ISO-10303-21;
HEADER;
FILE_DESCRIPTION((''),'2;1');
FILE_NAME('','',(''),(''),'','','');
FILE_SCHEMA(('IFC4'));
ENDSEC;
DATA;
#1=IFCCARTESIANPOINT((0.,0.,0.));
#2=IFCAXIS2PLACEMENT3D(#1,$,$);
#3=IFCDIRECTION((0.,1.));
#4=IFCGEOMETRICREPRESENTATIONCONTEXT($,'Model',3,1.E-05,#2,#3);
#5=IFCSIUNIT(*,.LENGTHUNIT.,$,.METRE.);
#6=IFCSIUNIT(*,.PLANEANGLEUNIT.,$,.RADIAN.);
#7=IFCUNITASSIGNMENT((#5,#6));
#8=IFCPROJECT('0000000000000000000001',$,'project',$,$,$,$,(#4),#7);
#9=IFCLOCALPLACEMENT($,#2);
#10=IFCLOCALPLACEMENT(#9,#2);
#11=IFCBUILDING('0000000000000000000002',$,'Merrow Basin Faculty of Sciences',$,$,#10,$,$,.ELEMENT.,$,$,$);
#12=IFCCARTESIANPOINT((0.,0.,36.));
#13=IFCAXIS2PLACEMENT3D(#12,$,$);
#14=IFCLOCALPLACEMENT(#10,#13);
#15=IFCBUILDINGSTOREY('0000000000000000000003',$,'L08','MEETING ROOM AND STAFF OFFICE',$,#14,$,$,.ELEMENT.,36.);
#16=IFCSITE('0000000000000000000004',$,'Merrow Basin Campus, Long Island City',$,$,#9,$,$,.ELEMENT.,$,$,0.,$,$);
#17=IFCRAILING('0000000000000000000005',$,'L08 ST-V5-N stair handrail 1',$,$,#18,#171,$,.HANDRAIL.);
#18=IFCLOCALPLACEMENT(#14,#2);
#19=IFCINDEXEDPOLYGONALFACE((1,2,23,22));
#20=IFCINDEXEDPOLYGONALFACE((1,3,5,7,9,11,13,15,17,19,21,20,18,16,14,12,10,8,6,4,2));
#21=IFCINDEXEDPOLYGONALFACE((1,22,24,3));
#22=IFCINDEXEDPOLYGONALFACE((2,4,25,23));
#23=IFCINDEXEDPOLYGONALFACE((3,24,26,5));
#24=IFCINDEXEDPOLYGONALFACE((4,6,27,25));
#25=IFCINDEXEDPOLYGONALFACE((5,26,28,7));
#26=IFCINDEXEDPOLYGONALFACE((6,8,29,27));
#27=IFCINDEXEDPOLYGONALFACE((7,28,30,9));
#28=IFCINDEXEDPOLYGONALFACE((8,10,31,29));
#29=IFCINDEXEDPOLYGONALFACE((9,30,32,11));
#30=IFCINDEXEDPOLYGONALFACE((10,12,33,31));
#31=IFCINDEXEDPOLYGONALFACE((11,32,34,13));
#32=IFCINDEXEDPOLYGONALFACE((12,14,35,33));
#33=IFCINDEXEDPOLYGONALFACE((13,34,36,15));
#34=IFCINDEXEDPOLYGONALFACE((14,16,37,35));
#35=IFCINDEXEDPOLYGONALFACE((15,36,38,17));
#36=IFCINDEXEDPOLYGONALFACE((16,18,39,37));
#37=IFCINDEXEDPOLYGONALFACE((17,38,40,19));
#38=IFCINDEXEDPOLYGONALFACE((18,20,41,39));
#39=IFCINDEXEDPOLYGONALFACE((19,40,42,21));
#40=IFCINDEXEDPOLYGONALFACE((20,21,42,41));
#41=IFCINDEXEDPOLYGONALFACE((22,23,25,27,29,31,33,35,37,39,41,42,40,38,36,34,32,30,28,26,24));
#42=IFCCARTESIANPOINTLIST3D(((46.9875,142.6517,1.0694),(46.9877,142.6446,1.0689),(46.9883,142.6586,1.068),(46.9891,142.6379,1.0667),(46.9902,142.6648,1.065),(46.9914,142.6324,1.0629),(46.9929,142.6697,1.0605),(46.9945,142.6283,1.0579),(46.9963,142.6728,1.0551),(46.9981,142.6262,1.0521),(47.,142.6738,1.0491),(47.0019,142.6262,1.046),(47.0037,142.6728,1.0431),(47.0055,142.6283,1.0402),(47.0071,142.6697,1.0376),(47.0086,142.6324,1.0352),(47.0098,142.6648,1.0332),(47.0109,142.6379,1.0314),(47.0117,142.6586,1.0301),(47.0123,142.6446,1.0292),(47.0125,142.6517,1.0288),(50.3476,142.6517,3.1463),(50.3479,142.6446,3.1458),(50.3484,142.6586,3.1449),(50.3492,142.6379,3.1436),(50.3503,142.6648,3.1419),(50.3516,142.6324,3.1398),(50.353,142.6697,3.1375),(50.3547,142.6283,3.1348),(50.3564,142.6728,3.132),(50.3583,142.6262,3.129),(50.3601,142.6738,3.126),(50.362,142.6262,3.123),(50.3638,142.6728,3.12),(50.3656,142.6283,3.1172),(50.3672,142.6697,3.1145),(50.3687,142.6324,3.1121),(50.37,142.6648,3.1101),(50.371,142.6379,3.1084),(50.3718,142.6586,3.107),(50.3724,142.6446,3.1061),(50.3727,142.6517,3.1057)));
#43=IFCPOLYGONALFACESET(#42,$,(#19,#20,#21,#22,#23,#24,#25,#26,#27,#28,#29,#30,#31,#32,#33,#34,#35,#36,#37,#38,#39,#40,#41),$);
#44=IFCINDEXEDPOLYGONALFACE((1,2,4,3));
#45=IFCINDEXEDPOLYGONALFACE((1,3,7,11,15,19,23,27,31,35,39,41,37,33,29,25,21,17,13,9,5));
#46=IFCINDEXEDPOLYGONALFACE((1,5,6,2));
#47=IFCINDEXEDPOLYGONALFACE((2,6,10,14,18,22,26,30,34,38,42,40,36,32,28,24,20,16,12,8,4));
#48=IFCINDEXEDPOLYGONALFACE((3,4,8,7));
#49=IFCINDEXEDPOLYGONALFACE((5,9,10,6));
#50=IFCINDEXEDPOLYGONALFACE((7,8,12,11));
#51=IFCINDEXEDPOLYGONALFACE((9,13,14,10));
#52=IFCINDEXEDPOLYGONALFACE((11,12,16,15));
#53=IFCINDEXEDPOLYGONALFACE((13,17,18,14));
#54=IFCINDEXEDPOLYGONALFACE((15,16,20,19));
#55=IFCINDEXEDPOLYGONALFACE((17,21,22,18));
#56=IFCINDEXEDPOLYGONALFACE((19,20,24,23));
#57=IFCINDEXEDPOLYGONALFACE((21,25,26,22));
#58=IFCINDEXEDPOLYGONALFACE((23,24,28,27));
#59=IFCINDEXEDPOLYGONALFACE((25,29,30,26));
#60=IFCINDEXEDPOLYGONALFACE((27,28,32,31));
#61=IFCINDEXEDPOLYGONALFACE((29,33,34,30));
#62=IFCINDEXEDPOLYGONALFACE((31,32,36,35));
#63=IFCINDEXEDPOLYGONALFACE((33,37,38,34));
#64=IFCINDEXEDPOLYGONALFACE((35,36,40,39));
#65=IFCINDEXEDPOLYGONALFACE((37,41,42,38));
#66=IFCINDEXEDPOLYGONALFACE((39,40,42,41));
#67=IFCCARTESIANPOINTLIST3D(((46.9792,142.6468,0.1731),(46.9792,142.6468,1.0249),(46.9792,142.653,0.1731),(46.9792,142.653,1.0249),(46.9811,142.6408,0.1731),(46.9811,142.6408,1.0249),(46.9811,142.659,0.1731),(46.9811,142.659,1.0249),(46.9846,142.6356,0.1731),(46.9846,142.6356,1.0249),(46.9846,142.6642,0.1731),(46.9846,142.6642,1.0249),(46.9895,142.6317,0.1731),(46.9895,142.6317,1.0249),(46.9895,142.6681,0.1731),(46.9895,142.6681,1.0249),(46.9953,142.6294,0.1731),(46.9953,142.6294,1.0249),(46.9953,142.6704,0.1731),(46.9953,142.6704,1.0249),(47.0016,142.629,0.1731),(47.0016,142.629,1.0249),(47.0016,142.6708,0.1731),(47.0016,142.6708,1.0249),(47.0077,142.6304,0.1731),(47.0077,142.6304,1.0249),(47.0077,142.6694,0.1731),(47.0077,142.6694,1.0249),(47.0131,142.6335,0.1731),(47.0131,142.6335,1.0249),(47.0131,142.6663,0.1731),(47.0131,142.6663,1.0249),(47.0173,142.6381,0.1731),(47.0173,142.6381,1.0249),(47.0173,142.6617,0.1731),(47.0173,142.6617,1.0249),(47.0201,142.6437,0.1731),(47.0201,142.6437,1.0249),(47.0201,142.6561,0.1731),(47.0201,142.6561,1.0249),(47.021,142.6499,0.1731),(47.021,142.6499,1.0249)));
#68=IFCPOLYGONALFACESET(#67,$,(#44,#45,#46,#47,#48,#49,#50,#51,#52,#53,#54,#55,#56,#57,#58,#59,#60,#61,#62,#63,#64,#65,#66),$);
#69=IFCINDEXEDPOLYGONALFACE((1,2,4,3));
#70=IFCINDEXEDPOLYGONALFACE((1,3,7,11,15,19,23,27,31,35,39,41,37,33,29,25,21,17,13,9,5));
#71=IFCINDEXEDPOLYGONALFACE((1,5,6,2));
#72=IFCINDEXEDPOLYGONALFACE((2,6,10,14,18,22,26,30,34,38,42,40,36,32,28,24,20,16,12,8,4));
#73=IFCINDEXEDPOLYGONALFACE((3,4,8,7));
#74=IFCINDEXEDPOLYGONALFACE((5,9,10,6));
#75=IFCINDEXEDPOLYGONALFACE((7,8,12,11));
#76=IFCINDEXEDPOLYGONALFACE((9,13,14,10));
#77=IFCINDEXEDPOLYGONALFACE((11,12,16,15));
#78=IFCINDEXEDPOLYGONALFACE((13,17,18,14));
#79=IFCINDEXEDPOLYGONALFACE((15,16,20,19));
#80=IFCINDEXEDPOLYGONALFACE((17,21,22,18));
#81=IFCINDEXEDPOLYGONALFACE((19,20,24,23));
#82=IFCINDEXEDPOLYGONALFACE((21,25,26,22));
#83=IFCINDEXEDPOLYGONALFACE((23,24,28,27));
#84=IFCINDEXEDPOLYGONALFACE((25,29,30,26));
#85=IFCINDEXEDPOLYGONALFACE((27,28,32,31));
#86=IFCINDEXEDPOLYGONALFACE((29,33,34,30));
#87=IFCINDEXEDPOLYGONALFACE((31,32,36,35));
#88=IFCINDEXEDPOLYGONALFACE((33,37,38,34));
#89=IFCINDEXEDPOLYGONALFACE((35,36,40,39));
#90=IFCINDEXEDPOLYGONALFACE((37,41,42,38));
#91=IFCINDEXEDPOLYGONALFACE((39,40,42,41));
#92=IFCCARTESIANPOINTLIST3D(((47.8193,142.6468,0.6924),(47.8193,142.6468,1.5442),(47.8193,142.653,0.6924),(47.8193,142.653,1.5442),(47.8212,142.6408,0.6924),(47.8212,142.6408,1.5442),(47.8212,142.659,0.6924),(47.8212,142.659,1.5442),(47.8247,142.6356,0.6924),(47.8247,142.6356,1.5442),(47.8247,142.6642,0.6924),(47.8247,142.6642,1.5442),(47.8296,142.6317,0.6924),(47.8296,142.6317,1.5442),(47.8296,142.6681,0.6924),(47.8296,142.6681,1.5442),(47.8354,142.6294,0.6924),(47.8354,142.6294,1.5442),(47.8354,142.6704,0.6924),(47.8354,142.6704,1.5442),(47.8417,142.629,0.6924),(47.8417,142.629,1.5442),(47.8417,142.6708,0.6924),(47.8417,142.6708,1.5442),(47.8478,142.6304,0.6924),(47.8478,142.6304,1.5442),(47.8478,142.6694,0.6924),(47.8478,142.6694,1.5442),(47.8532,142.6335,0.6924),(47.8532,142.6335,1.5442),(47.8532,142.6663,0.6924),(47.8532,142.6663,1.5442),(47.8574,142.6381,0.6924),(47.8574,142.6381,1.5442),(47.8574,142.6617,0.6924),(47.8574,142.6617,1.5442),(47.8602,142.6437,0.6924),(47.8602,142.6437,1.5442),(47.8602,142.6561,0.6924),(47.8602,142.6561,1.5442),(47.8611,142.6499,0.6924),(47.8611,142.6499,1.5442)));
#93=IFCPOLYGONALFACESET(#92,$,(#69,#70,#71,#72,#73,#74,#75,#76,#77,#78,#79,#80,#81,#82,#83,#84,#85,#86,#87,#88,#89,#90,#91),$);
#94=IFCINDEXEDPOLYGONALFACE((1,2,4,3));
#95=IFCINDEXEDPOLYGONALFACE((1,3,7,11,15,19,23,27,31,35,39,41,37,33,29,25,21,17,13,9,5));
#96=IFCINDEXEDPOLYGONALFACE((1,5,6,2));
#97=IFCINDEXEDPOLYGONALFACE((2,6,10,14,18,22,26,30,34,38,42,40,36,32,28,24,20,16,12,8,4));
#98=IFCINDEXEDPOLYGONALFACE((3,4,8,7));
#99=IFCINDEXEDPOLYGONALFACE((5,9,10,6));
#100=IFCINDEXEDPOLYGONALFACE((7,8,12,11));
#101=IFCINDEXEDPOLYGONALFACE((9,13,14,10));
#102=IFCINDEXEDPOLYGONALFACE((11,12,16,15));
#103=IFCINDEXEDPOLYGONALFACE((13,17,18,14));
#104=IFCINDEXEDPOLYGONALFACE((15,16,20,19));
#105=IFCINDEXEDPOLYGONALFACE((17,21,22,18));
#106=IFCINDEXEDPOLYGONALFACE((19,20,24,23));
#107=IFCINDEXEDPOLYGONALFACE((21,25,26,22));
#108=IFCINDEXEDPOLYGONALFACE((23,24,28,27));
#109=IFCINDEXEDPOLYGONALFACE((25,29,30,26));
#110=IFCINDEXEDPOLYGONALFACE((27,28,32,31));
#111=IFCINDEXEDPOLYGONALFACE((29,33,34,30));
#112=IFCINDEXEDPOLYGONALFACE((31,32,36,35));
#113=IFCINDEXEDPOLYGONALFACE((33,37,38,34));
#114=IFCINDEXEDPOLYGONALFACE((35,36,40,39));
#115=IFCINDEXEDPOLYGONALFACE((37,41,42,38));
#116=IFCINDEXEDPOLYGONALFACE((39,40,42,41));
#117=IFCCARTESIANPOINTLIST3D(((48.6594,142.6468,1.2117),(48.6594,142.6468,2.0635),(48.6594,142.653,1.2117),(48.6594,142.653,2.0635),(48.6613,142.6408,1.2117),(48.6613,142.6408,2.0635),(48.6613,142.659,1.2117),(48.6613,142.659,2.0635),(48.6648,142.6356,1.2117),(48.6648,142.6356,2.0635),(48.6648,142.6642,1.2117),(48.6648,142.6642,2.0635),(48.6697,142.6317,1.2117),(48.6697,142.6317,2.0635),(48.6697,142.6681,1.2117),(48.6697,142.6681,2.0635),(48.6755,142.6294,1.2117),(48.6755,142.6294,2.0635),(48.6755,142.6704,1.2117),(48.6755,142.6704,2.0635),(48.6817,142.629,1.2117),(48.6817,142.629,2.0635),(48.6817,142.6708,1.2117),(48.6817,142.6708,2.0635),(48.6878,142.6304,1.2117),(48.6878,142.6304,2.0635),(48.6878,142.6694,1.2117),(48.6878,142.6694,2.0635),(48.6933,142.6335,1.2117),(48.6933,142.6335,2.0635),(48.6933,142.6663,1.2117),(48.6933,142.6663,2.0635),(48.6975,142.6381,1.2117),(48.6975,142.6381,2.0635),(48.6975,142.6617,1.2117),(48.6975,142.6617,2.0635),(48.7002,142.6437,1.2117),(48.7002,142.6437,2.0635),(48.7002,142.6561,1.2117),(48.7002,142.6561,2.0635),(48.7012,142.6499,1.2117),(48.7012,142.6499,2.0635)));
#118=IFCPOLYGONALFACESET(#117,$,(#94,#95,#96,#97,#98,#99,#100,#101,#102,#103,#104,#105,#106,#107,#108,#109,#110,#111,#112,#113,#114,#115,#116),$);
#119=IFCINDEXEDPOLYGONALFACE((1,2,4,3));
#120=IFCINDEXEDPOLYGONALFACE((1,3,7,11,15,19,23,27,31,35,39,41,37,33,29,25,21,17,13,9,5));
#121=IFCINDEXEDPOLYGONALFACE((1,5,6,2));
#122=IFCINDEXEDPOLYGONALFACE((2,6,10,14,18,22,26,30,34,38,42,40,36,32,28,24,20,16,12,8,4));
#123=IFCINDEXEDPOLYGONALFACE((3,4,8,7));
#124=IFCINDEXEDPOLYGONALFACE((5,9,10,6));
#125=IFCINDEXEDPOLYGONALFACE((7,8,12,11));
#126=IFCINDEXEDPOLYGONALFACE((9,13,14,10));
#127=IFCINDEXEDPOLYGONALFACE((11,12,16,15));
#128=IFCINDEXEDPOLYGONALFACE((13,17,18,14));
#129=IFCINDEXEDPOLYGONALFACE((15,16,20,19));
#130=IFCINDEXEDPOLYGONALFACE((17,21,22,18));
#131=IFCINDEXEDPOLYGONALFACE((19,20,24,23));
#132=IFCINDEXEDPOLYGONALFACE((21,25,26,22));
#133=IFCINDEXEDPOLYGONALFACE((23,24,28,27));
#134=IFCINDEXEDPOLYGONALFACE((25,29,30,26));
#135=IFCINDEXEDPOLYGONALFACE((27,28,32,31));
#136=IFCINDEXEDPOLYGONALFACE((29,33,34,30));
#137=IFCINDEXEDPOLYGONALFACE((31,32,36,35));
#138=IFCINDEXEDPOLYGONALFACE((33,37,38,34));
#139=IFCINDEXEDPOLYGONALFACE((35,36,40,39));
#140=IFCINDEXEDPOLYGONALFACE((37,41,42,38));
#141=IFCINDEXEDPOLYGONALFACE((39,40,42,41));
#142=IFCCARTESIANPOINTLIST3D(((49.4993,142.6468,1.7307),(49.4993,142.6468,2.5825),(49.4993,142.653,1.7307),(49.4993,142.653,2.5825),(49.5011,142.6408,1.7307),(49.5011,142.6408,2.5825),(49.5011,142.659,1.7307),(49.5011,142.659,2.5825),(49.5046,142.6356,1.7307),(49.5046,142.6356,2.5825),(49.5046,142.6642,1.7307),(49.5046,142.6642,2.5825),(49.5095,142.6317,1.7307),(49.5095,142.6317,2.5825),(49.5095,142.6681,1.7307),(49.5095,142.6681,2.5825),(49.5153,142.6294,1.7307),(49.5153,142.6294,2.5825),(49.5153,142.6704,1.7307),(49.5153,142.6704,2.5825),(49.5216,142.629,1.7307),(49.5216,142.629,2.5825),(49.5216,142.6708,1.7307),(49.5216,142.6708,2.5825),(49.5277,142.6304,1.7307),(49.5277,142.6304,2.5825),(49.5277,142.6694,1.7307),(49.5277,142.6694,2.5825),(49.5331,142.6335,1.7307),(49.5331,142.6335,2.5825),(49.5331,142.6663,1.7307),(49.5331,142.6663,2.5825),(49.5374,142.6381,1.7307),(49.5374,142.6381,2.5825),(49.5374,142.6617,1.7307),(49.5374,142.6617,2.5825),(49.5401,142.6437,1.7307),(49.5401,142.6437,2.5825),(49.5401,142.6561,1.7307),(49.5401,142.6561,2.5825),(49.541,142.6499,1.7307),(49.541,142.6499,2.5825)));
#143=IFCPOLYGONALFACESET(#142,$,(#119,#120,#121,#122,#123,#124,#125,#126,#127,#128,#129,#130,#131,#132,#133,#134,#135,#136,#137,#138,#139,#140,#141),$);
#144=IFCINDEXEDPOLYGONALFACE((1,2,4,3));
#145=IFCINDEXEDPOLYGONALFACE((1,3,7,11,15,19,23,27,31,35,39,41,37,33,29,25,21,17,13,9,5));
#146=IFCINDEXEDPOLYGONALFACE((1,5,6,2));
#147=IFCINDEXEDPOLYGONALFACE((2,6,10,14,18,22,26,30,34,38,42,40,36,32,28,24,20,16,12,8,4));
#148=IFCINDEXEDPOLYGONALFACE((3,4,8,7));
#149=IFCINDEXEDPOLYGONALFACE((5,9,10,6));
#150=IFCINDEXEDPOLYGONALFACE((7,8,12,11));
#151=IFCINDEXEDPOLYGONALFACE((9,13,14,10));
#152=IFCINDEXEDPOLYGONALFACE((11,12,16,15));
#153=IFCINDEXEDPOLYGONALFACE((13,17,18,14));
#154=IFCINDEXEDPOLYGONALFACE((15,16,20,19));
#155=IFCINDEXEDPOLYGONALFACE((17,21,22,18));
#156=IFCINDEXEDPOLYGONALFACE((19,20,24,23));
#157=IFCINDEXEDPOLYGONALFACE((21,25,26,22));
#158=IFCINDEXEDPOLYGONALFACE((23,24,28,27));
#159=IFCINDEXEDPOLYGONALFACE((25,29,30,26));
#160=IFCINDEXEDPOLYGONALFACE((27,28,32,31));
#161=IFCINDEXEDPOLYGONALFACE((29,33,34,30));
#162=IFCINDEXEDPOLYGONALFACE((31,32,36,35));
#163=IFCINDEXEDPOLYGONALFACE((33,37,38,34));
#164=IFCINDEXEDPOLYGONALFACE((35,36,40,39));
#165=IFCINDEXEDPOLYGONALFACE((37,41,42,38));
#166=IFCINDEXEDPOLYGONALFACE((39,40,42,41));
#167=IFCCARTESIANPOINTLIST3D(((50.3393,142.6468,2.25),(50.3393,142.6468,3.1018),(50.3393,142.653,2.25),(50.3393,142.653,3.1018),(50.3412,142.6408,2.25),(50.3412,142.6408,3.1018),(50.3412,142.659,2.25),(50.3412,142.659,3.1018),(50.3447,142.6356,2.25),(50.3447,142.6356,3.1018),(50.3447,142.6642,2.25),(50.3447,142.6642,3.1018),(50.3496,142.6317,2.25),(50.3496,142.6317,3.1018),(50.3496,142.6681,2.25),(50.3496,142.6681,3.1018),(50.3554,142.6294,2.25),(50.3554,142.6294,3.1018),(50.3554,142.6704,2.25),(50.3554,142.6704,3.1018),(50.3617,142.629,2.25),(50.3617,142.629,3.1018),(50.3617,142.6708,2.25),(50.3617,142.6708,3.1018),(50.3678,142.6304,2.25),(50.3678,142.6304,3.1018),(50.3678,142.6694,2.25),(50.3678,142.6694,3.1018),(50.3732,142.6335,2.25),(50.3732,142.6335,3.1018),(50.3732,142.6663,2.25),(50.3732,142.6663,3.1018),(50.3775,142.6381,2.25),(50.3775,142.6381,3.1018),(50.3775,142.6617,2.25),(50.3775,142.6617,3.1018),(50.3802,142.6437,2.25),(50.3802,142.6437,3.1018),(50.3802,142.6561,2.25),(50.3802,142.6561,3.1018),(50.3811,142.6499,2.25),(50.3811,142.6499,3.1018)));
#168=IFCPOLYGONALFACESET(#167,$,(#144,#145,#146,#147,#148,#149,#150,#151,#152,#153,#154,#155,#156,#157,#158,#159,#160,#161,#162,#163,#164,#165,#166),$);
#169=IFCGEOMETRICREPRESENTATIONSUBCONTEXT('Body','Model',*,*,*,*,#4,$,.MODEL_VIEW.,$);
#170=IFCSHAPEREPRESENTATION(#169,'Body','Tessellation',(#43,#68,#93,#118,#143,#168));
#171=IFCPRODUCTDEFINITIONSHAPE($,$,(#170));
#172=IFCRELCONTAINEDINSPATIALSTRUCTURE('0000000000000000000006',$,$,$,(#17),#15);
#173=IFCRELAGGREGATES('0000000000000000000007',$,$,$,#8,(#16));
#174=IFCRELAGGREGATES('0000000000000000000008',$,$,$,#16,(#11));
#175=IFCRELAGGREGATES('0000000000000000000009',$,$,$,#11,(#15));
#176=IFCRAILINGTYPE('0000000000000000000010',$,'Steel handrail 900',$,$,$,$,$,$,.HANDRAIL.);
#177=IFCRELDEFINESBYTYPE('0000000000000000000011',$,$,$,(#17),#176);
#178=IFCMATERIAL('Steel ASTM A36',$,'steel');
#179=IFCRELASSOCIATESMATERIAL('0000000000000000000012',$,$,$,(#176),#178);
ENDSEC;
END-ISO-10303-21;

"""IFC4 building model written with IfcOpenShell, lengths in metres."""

from ifc_helpers import new_model, si_unit, direction, frame, origin, origin_2d, place, context, subcontext, project, spatial, circle, extrude, material, type_object, element, save


model = new_model("IFC4")

# Units and contexts
model_context = context("Model", 3, precision=1e-05, world=origin(), true_north=direction((0.0, 1.0)))
body_context = subcontext(model_context, "Body", "Model", "MODEL_VIEW")
ifc_project = project(units=[si_unit("LENGTHUNIT", "METRE"), si_unit("PLANEANGLEUNIT", "RADIAN")], contexts=[model_context])

# Site, building, storey
site_placement = place(None, origin())
site = spatial("IfcSite", under=ifc_project, at=site_placement, Name="Merrow Basin Campus, Long Island City", CompositionType="ELEMENT", RefElevation=0.0)
building_placement = place(site_placement, origin())
building = spatial("IfcBuilding", under=site, at=building_placement, Name="Merrow Basin Faculty of Sciences", CompositionType="ELEMENT")
storey_placement = place(building_placement, frame((0.0, 0.0, 36.0)))
storey = spatial("IfcBuildingStorey", under=building, at=storey_placement, Name="L08", Description="MEETING ROOM AND STAFF OFFICE", CompositionType="ELEMENT", Elevation=36.0)

# Railing
ifc_material_1 = material(Name="Steel ASTM A36", Category="steel")
railing_type_1 = type_object("IfcRailingType", Name="Steel handrail 900", PredefinedType="HANDRAIL", material=ifc_material_1)
railing_1_placement = place(storey_placement, frame((47.0, 142.6499, 0.1731)))
element("IfcRailing", 1, at=railing_1_placement, inside=storey, type_object=railing_type_1, Name="L08 ST-V5-N stair handrail 1", PredefinedType="HANDRAIL", context=body_context, shape_type="SweptSolid", body=[
    extrude(circle(Radius=0.0239, at=origin_2d()), frame((0.0, 0.0, 0.876), z_axis=(0.850623, 0.0, 0.525776), x_axis=(0.0, 1.0, 0.0)), (0.0, 0.0, 1.0), 3.9502),
    extrude(circle(Radius=0.021, at=origin_2d()), origin(), (0.0, 0.0, 1.0), 0.8518),
    extrude(circle(Radius=0.021, at=origin_2d()), frame((0.8401, 0.0, 0.5193)), (0.0, 0.0, 1.0), 0.8518),
    extrude(circle(Radius=0.021, at=origin_2d()), frame((1.6802, 0.0, 1.0386)), (0.0, 0.0, 1.0), 0.8518),
    extrude(circle(Radius=0.021, at=origin_2d()), frame((2.52, 0.0, 1.5576)), (0.0, 0.0, 1.0), 0.8518),
    extrude(circle(Radius=0.021, at=origin_2d()), frame((3.3601, 0.0, 2.0769)), (0.0, 0.0, 1.0), 0.8518),
])

save(model, "model.ifc")
